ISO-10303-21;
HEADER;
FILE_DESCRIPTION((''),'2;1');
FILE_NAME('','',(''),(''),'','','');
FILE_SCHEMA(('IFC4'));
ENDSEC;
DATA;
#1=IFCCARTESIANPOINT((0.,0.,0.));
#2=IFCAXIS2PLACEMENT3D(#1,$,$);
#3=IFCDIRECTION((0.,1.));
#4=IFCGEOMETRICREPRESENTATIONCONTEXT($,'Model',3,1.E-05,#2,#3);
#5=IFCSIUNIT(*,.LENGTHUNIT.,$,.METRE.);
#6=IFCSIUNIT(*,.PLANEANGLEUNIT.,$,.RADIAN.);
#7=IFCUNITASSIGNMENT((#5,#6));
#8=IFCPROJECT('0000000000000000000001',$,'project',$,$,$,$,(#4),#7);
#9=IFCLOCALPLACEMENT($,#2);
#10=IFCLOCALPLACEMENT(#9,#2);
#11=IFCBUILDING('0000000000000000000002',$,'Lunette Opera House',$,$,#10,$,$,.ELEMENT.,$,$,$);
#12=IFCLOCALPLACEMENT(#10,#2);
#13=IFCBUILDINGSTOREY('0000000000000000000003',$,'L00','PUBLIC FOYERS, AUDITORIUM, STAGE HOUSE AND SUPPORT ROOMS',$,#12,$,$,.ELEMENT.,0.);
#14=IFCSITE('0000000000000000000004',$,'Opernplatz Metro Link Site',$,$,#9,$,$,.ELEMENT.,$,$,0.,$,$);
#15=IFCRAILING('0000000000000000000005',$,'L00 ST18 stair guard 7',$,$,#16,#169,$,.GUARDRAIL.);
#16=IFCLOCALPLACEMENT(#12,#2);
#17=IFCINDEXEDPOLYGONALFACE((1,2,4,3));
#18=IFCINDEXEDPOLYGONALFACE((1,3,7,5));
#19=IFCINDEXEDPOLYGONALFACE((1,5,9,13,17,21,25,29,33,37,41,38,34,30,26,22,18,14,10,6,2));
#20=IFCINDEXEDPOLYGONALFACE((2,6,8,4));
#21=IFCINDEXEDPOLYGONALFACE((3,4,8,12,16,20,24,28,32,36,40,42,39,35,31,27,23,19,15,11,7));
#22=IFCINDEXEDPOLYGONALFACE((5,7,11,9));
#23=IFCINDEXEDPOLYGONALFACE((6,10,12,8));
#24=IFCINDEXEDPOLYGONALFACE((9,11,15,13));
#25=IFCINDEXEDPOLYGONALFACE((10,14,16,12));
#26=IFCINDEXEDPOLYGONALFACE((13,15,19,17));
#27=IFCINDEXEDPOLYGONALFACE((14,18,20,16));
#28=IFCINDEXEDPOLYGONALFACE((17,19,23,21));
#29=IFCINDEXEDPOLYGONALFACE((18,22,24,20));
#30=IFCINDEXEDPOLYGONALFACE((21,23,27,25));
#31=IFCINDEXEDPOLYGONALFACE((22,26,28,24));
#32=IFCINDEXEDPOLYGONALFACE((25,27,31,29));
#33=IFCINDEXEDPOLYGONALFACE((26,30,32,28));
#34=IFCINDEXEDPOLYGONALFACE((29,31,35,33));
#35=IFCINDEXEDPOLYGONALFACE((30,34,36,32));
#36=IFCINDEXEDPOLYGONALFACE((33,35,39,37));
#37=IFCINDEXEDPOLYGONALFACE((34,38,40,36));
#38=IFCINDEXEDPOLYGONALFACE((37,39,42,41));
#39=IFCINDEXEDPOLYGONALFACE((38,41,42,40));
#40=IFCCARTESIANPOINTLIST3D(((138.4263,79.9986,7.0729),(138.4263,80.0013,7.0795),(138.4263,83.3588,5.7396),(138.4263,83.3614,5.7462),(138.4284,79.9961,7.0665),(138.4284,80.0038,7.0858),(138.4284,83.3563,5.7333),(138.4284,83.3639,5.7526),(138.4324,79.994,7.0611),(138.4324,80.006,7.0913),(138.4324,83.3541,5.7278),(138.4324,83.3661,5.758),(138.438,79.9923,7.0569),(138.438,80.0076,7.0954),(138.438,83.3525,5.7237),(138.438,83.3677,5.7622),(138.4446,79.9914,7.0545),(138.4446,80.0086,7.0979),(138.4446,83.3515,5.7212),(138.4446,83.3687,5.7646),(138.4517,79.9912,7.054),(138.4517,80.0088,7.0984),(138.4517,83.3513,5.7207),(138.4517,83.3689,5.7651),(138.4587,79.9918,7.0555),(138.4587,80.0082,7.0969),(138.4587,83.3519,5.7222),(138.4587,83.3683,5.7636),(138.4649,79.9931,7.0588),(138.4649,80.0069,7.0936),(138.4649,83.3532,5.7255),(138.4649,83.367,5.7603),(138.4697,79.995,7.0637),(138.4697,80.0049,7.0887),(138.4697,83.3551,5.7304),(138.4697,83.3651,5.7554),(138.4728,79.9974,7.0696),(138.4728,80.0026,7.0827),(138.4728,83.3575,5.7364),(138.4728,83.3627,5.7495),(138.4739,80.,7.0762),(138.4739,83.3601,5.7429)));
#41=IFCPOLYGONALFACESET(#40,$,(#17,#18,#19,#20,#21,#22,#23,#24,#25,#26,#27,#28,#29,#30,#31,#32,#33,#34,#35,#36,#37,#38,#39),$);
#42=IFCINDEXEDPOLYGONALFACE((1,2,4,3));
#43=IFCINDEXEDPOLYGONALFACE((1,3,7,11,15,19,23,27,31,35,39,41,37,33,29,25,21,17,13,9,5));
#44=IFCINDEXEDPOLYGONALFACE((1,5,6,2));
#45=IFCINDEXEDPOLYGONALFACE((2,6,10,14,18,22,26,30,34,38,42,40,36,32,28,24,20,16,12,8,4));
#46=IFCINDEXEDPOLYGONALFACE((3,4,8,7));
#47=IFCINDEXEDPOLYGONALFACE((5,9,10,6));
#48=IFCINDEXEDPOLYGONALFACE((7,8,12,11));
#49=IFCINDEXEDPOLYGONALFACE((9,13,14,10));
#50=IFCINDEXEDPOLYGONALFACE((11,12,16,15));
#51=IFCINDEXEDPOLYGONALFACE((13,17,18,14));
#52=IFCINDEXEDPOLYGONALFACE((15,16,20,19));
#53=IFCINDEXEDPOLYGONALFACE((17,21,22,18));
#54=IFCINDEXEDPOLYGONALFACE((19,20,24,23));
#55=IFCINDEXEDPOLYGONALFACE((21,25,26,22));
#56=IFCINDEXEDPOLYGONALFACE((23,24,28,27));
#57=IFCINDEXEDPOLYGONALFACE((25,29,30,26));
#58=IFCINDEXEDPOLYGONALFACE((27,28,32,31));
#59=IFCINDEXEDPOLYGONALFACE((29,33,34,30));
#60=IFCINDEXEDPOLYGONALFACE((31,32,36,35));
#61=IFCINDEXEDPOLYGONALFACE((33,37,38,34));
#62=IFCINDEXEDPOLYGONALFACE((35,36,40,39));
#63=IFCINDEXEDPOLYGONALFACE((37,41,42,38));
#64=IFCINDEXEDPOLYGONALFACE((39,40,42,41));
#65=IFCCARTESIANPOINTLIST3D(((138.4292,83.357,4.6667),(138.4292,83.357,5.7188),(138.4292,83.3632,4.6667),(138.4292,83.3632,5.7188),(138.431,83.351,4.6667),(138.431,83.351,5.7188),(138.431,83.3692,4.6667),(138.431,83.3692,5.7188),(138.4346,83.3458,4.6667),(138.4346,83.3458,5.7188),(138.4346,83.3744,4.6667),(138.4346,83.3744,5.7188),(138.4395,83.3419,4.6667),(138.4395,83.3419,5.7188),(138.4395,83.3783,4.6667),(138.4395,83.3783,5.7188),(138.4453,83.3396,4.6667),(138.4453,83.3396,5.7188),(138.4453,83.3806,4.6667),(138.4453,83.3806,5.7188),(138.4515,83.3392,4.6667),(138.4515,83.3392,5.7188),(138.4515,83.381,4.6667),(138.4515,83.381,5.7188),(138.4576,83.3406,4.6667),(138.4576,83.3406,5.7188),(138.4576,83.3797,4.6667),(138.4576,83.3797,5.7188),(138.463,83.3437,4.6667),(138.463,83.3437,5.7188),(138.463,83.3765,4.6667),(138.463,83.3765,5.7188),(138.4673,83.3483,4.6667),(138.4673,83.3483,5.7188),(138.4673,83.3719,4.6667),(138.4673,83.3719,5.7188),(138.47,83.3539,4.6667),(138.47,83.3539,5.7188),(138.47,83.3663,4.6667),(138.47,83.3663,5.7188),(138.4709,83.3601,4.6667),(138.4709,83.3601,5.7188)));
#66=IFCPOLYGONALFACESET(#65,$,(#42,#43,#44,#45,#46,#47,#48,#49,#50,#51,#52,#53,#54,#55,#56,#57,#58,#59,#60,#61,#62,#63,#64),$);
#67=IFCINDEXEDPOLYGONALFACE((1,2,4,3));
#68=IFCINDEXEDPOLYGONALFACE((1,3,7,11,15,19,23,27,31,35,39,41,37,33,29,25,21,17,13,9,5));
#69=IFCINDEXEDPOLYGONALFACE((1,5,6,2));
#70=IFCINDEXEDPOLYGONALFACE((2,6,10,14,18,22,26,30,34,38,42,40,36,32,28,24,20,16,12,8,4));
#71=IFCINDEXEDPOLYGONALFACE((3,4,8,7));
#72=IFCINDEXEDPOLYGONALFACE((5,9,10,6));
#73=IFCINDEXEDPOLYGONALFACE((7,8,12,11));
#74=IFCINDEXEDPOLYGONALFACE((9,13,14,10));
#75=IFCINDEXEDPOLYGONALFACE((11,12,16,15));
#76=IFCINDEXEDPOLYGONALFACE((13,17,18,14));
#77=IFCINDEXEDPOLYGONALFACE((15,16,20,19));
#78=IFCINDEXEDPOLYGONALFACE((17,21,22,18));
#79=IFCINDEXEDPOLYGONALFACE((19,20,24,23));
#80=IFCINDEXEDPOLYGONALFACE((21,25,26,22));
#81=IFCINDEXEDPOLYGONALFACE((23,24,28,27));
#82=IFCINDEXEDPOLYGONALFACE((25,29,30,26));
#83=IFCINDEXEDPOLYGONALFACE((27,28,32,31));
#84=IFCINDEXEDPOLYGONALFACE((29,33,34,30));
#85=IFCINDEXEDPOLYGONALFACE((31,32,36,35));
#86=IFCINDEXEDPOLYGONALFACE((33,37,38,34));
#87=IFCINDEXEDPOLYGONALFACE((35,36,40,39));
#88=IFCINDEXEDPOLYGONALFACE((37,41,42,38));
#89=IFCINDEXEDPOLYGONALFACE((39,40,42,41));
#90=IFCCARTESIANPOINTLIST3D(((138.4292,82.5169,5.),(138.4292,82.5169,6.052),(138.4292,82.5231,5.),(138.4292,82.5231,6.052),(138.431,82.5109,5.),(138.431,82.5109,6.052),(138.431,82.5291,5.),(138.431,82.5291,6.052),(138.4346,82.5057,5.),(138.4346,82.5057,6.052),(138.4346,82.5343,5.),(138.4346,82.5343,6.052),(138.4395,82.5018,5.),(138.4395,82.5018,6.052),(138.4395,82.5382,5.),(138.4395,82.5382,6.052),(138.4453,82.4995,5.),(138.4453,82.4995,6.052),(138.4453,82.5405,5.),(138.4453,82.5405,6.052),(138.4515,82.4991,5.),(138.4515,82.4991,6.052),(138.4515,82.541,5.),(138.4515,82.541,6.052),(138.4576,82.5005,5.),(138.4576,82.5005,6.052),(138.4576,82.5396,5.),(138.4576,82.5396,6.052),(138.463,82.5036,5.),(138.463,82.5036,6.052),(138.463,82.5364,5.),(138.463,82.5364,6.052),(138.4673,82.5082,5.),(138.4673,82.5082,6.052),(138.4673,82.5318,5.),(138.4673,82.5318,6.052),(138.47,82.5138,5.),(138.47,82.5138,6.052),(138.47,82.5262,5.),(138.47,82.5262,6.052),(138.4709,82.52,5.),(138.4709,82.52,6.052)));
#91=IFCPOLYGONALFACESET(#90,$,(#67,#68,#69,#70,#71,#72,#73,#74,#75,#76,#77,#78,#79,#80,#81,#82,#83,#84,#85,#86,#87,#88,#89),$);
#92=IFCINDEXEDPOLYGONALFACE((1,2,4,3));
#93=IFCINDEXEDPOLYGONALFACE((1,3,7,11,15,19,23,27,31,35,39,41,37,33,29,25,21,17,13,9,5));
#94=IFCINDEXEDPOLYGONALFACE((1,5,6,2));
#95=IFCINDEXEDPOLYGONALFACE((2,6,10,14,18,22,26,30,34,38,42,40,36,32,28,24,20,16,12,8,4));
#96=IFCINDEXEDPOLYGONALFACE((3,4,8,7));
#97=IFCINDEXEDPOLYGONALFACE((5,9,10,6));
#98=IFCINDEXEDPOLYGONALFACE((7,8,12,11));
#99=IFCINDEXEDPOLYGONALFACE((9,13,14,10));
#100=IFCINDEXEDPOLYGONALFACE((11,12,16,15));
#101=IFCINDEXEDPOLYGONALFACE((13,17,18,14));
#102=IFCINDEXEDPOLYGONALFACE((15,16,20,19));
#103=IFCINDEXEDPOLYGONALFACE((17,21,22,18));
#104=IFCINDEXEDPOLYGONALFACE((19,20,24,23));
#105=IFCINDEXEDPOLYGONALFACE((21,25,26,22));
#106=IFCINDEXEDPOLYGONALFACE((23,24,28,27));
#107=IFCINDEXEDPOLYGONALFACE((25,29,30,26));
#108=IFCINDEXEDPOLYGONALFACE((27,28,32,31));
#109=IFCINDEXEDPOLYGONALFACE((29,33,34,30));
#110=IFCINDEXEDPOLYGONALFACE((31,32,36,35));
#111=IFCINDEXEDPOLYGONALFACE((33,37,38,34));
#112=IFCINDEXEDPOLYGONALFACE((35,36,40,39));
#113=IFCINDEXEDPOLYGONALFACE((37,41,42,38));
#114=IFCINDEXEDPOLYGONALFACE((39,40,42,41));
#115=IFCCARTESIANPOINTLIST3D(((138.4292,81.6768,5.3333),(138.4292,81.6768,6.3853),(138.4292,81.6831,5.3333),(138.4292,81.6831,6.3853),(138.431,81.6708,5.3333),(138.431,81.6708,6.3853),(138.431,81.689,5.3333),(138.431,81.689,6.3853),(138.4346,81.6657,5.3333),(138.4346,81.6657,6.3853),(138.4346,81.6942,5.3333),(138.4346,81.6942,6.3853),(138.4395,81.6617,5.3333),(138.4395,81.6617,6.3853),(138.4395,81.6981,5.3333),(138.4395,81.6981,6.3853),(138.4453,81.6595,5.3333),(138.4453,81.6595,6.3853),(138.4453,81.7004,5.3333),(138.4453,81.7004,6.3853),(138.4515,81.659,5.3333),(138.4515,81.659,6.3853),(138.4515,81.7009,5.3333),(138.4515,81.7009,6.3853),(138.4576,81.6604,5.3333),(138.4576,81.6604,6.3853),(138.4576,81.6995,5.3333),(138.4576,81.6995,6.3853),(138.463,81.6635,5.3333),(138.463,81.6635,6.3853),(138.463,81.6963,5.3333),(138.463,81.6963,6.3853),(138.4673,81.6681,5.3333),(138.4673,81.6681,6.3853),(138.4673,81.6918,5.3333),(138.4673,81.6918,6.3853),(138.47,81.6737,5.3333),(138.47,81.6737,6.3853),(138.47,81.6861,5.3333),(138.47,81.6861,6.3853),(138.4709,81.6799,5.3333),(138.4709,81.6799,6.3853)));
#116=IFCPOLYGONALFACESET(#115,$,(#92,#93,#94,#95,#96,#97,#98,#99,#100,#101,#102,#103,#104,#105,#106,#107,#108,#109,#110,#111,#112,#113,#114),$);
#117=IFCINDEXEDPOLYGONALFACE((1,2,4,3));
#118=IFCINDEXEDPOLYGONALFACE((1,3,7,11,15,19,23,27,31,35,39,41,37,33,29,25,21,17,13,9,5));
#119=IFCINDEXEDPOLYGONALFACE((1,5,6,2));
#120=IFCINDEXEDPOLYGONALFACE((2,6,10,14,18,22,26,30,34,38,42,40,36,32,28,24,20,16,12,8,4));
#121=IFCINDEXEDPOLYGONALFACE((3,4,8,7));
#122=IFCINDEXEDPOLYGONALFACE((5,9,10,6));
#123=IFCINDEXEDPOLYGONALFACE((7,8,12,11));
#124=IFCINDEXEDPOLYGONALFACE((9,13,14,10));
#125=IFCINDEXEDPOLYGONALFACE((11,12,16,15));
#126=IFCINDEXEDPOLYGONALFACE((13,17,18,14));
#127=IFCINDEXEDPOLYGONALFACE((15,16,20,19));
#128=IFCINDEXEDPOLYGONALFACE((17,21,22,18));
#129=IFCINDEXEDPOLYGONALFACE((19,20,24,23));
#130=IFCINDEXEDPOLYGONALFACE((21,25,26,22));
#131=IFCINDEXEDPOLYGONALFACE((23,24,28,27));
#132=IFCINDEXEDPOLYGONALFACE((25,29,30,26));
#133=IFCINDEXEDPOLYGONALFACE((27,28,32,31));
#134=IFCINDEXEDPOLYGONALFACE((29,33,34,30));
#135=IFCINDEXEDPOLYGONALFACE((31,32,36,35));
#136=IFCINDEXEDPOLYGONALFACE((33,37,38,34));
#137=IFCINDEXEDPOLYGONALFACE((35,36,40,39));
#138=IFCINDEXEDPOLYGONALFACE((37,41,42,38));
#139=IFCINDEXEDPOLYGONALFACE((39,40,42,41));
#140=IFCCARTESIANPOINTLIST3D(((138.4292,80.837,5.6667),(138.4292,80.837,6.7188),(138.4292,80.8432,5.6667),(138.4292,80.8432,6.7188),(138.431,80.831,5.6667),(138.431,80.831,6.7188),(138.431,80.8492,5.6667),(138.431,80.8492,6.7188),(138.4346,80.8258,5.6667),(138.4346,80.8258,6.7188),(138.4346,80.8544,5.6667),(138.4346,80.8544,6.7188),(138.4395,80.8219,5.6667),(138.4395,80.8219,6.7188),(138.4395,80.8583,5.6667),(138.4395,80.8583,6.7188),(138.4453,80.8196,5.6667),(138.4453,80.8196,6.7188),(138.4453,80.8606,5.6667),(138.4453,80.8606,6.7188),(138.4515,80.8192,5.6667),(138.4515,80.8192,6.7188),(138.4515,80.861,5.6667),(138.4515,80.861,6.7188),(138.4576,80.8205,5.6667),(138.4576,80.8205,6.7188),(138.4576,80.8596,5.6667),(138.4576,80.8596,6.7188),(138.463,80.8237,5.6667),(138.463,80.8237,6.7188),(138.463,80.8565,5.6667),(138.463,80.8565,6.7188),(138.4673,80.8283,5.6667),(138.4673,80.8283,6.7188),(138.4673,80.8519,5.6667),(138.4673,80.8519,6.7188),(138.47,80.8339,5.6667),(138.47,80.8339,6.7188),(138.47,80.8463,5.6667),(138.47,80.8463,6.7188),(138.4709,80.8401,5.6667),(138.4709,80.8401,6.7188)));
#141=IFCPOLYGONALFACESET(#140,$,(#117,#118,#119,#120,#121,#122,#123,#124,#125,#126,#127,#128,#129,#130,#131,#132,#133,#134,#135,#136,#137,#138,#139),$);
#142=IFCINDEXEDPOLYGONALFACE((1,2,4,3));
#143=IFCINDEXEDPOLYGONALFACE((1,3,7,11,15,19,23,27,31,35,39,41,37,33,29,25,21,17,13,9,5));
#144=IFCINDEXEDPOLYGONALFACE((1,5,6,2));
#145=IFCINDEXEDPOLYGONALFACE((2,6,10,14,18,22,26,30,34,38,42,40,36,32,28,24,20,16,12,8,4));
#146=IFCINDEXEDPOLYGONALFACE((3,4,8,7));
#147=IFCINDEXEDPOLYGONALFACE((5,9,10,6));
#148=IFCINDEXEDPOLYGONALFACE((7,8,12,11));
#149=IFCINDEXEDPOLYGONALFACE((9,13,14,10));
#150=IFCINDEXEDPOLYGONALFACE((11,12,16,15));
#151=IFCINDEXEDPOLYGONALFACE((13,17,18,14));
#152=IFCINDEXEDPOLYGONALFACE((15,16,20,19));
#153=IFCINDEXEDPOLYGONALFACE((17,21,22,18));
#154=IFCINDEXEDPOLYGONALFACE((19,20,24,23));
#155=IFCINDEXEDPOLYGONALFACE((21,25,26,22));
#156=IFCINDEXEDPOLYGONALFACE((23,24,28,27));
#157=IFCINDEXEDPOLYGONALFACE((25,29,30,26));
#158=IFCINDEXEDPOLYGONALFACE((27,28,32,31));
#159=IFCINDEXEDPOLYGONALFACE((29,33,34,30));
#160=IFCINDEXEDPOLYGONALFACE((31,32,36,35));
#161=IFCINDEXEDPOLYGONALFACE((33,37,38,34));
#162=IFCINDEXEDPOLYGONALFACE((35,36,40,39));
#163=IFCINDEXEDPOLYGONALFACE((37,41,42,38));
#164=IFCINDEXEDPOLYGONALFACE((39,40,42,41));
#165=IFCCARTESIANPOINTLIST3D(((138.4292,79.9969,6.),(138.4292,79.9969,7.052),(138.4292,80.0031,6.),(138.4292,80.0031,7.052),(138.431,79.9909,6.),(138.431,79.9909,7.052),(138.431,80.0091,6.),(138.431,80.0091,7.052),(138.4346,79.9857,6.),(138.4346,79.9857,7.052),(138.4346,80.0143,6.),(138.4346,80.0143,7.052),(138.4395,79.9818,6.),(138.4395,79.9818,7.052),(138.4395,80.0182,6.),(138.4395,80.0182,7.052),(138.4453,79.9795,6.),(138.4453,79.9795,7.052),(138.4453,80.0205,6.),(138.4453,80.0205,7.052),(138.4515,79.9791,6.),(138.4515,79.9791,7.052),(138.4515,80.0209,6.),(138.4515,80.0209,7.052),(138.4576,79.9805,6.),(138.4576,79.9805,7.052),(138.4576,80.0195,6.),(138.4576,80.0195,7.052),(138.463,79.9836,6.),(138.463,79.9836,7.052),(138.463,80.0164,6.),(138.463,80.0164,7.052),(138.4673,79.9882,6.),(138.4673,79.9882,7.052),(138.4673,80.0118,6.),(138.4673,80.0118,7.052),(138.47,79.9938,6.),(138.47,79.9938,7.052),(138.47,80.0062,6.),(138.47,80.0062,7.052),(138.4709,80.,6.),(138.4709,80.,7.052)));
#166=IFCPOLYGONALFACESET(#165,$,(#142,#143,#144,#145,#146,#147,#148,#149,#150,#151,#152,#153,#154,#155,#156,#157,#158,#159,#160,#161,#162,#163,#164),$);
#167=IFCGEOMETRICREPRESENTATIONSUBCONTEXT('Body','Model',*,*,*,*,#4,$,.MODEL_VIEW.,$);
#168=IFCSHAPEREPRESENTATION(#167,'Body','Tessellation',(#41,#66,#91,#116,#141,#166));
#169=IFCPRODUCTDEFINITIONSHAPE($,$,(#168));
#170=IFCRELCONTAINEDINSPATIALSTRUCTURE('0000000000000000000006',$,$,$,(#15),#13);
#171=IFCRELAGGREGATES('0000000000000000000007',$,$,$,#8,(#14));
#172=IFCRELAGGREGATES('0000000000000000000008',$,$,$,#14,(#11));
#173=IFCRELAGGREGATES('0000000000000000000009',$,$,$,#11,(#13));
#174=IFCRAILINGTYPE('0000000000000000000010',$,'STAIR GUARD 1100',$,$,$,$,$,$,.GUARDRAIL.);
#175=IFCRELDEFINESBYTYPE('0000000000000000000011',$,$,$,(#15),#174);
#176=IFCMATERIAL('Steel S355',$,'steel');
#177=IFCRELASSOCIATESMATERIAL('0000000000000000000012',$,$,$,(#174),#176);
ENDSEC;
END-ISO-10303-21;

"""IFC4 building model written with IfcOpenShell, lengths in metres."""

from ifc_helpers import new_model, si_unit, direction, frame, origin, origin_2d, place, context, subcontext, project, spatial, circle, extrude, material, type_object, element, save


model = new_model("IFC4")

# Units and contexts
model_context = context("Model", 3, precision=1e-05, world=origin(), true_north=direction((0.0, 1.0)))
body_context = subcontext(model_context, "Body", "Model", "MODEL_VIEW")
ifc_project = project(units=[si_unit("LENGTHUNIT", "METRE"), si_unit("PLANEANGLEUNIT", "RADIAN")], contexts=[model_context])

# Site, building, storey
site_placement = place(None, origin())
site = spatial("IfcSite", under=ifc_project, at=site_placement, Name="Opernplatz Metro Link Site", CompositionType="ELEMENT", RefElevation=0.0)
building_placement = place(site_placement, origin())
building = spatial("IfcBuilding", under=site, at=building_placement, Name="Lunette Opera House", CompositionType="ELEMENT")
storey_placement = place(building_placement, origin())
storey = spatial("IfcBuildingStorey", under=building, at=storey_placement, Name="L00", Description="PUBLIC FOYERS, AUDITORIUM, STAGE HOUSE AND SUPPORT ROOMS", CompositionType="ELEMENT", Elevation=0.0)

# Railing
ifc_material_1 = material(Name="Steel S355", Category="steel")
railing_type_1 = type_object("IfcRailingType", Name="STAIR GUARD 1100", PredefinedType="GUARDRAIL", material=ifc_material_1)
railing_1_placement = place(storey_placement, frame((138.45, 83.3601, 4.6667)))
element("IfcRailing", 1, at=railing_1_placement, inside=storey, type_object=railing_type_1, Name="L00 ST18 stair guard 7", PredefinedType="GUARDRAIL", context=body_context, shape_type="SweptSolid", body=[
    extrude(circle(Radius=0.0239, at=origin_2d()), frame((0.0, 0.0, 1.0762), z_axis=(0.0, -0.929502, 0.368816), x_axis=(1.0, 0.0, 0.0)), (0.0, 0.0, 1.0), 3.615),
    extrude(circle(Radius=0.021, at=origin_2d()), origin(), (0.0, 0.0, 1.0), 1.052),
    extrude(circle(Radius=0.021, at=origin_2d()), frame((0.0, -0.8401, 0.3333)), (0.0, 0.0, 1.0), 1.052),
    extrude(circle(Radius=0.021, at=origin_2d()), frame((0.0, -1.6802, 0.6665)), (0.0, 0.0, 1.0), 1.052),
    extrude(circle(Radius=0.021, at=origin_2d()), frame((0.0, -2.52, 1.0)), (0.0, 0.0, 1.0), 1.052),
    extrude(circle(Radius=0.021, at=origin_2d()), frame((0.0, -3.3601, 1.3333)), (0.0, 0.0, 1.0), 1.052),
])

save(model, "model.ifc")
